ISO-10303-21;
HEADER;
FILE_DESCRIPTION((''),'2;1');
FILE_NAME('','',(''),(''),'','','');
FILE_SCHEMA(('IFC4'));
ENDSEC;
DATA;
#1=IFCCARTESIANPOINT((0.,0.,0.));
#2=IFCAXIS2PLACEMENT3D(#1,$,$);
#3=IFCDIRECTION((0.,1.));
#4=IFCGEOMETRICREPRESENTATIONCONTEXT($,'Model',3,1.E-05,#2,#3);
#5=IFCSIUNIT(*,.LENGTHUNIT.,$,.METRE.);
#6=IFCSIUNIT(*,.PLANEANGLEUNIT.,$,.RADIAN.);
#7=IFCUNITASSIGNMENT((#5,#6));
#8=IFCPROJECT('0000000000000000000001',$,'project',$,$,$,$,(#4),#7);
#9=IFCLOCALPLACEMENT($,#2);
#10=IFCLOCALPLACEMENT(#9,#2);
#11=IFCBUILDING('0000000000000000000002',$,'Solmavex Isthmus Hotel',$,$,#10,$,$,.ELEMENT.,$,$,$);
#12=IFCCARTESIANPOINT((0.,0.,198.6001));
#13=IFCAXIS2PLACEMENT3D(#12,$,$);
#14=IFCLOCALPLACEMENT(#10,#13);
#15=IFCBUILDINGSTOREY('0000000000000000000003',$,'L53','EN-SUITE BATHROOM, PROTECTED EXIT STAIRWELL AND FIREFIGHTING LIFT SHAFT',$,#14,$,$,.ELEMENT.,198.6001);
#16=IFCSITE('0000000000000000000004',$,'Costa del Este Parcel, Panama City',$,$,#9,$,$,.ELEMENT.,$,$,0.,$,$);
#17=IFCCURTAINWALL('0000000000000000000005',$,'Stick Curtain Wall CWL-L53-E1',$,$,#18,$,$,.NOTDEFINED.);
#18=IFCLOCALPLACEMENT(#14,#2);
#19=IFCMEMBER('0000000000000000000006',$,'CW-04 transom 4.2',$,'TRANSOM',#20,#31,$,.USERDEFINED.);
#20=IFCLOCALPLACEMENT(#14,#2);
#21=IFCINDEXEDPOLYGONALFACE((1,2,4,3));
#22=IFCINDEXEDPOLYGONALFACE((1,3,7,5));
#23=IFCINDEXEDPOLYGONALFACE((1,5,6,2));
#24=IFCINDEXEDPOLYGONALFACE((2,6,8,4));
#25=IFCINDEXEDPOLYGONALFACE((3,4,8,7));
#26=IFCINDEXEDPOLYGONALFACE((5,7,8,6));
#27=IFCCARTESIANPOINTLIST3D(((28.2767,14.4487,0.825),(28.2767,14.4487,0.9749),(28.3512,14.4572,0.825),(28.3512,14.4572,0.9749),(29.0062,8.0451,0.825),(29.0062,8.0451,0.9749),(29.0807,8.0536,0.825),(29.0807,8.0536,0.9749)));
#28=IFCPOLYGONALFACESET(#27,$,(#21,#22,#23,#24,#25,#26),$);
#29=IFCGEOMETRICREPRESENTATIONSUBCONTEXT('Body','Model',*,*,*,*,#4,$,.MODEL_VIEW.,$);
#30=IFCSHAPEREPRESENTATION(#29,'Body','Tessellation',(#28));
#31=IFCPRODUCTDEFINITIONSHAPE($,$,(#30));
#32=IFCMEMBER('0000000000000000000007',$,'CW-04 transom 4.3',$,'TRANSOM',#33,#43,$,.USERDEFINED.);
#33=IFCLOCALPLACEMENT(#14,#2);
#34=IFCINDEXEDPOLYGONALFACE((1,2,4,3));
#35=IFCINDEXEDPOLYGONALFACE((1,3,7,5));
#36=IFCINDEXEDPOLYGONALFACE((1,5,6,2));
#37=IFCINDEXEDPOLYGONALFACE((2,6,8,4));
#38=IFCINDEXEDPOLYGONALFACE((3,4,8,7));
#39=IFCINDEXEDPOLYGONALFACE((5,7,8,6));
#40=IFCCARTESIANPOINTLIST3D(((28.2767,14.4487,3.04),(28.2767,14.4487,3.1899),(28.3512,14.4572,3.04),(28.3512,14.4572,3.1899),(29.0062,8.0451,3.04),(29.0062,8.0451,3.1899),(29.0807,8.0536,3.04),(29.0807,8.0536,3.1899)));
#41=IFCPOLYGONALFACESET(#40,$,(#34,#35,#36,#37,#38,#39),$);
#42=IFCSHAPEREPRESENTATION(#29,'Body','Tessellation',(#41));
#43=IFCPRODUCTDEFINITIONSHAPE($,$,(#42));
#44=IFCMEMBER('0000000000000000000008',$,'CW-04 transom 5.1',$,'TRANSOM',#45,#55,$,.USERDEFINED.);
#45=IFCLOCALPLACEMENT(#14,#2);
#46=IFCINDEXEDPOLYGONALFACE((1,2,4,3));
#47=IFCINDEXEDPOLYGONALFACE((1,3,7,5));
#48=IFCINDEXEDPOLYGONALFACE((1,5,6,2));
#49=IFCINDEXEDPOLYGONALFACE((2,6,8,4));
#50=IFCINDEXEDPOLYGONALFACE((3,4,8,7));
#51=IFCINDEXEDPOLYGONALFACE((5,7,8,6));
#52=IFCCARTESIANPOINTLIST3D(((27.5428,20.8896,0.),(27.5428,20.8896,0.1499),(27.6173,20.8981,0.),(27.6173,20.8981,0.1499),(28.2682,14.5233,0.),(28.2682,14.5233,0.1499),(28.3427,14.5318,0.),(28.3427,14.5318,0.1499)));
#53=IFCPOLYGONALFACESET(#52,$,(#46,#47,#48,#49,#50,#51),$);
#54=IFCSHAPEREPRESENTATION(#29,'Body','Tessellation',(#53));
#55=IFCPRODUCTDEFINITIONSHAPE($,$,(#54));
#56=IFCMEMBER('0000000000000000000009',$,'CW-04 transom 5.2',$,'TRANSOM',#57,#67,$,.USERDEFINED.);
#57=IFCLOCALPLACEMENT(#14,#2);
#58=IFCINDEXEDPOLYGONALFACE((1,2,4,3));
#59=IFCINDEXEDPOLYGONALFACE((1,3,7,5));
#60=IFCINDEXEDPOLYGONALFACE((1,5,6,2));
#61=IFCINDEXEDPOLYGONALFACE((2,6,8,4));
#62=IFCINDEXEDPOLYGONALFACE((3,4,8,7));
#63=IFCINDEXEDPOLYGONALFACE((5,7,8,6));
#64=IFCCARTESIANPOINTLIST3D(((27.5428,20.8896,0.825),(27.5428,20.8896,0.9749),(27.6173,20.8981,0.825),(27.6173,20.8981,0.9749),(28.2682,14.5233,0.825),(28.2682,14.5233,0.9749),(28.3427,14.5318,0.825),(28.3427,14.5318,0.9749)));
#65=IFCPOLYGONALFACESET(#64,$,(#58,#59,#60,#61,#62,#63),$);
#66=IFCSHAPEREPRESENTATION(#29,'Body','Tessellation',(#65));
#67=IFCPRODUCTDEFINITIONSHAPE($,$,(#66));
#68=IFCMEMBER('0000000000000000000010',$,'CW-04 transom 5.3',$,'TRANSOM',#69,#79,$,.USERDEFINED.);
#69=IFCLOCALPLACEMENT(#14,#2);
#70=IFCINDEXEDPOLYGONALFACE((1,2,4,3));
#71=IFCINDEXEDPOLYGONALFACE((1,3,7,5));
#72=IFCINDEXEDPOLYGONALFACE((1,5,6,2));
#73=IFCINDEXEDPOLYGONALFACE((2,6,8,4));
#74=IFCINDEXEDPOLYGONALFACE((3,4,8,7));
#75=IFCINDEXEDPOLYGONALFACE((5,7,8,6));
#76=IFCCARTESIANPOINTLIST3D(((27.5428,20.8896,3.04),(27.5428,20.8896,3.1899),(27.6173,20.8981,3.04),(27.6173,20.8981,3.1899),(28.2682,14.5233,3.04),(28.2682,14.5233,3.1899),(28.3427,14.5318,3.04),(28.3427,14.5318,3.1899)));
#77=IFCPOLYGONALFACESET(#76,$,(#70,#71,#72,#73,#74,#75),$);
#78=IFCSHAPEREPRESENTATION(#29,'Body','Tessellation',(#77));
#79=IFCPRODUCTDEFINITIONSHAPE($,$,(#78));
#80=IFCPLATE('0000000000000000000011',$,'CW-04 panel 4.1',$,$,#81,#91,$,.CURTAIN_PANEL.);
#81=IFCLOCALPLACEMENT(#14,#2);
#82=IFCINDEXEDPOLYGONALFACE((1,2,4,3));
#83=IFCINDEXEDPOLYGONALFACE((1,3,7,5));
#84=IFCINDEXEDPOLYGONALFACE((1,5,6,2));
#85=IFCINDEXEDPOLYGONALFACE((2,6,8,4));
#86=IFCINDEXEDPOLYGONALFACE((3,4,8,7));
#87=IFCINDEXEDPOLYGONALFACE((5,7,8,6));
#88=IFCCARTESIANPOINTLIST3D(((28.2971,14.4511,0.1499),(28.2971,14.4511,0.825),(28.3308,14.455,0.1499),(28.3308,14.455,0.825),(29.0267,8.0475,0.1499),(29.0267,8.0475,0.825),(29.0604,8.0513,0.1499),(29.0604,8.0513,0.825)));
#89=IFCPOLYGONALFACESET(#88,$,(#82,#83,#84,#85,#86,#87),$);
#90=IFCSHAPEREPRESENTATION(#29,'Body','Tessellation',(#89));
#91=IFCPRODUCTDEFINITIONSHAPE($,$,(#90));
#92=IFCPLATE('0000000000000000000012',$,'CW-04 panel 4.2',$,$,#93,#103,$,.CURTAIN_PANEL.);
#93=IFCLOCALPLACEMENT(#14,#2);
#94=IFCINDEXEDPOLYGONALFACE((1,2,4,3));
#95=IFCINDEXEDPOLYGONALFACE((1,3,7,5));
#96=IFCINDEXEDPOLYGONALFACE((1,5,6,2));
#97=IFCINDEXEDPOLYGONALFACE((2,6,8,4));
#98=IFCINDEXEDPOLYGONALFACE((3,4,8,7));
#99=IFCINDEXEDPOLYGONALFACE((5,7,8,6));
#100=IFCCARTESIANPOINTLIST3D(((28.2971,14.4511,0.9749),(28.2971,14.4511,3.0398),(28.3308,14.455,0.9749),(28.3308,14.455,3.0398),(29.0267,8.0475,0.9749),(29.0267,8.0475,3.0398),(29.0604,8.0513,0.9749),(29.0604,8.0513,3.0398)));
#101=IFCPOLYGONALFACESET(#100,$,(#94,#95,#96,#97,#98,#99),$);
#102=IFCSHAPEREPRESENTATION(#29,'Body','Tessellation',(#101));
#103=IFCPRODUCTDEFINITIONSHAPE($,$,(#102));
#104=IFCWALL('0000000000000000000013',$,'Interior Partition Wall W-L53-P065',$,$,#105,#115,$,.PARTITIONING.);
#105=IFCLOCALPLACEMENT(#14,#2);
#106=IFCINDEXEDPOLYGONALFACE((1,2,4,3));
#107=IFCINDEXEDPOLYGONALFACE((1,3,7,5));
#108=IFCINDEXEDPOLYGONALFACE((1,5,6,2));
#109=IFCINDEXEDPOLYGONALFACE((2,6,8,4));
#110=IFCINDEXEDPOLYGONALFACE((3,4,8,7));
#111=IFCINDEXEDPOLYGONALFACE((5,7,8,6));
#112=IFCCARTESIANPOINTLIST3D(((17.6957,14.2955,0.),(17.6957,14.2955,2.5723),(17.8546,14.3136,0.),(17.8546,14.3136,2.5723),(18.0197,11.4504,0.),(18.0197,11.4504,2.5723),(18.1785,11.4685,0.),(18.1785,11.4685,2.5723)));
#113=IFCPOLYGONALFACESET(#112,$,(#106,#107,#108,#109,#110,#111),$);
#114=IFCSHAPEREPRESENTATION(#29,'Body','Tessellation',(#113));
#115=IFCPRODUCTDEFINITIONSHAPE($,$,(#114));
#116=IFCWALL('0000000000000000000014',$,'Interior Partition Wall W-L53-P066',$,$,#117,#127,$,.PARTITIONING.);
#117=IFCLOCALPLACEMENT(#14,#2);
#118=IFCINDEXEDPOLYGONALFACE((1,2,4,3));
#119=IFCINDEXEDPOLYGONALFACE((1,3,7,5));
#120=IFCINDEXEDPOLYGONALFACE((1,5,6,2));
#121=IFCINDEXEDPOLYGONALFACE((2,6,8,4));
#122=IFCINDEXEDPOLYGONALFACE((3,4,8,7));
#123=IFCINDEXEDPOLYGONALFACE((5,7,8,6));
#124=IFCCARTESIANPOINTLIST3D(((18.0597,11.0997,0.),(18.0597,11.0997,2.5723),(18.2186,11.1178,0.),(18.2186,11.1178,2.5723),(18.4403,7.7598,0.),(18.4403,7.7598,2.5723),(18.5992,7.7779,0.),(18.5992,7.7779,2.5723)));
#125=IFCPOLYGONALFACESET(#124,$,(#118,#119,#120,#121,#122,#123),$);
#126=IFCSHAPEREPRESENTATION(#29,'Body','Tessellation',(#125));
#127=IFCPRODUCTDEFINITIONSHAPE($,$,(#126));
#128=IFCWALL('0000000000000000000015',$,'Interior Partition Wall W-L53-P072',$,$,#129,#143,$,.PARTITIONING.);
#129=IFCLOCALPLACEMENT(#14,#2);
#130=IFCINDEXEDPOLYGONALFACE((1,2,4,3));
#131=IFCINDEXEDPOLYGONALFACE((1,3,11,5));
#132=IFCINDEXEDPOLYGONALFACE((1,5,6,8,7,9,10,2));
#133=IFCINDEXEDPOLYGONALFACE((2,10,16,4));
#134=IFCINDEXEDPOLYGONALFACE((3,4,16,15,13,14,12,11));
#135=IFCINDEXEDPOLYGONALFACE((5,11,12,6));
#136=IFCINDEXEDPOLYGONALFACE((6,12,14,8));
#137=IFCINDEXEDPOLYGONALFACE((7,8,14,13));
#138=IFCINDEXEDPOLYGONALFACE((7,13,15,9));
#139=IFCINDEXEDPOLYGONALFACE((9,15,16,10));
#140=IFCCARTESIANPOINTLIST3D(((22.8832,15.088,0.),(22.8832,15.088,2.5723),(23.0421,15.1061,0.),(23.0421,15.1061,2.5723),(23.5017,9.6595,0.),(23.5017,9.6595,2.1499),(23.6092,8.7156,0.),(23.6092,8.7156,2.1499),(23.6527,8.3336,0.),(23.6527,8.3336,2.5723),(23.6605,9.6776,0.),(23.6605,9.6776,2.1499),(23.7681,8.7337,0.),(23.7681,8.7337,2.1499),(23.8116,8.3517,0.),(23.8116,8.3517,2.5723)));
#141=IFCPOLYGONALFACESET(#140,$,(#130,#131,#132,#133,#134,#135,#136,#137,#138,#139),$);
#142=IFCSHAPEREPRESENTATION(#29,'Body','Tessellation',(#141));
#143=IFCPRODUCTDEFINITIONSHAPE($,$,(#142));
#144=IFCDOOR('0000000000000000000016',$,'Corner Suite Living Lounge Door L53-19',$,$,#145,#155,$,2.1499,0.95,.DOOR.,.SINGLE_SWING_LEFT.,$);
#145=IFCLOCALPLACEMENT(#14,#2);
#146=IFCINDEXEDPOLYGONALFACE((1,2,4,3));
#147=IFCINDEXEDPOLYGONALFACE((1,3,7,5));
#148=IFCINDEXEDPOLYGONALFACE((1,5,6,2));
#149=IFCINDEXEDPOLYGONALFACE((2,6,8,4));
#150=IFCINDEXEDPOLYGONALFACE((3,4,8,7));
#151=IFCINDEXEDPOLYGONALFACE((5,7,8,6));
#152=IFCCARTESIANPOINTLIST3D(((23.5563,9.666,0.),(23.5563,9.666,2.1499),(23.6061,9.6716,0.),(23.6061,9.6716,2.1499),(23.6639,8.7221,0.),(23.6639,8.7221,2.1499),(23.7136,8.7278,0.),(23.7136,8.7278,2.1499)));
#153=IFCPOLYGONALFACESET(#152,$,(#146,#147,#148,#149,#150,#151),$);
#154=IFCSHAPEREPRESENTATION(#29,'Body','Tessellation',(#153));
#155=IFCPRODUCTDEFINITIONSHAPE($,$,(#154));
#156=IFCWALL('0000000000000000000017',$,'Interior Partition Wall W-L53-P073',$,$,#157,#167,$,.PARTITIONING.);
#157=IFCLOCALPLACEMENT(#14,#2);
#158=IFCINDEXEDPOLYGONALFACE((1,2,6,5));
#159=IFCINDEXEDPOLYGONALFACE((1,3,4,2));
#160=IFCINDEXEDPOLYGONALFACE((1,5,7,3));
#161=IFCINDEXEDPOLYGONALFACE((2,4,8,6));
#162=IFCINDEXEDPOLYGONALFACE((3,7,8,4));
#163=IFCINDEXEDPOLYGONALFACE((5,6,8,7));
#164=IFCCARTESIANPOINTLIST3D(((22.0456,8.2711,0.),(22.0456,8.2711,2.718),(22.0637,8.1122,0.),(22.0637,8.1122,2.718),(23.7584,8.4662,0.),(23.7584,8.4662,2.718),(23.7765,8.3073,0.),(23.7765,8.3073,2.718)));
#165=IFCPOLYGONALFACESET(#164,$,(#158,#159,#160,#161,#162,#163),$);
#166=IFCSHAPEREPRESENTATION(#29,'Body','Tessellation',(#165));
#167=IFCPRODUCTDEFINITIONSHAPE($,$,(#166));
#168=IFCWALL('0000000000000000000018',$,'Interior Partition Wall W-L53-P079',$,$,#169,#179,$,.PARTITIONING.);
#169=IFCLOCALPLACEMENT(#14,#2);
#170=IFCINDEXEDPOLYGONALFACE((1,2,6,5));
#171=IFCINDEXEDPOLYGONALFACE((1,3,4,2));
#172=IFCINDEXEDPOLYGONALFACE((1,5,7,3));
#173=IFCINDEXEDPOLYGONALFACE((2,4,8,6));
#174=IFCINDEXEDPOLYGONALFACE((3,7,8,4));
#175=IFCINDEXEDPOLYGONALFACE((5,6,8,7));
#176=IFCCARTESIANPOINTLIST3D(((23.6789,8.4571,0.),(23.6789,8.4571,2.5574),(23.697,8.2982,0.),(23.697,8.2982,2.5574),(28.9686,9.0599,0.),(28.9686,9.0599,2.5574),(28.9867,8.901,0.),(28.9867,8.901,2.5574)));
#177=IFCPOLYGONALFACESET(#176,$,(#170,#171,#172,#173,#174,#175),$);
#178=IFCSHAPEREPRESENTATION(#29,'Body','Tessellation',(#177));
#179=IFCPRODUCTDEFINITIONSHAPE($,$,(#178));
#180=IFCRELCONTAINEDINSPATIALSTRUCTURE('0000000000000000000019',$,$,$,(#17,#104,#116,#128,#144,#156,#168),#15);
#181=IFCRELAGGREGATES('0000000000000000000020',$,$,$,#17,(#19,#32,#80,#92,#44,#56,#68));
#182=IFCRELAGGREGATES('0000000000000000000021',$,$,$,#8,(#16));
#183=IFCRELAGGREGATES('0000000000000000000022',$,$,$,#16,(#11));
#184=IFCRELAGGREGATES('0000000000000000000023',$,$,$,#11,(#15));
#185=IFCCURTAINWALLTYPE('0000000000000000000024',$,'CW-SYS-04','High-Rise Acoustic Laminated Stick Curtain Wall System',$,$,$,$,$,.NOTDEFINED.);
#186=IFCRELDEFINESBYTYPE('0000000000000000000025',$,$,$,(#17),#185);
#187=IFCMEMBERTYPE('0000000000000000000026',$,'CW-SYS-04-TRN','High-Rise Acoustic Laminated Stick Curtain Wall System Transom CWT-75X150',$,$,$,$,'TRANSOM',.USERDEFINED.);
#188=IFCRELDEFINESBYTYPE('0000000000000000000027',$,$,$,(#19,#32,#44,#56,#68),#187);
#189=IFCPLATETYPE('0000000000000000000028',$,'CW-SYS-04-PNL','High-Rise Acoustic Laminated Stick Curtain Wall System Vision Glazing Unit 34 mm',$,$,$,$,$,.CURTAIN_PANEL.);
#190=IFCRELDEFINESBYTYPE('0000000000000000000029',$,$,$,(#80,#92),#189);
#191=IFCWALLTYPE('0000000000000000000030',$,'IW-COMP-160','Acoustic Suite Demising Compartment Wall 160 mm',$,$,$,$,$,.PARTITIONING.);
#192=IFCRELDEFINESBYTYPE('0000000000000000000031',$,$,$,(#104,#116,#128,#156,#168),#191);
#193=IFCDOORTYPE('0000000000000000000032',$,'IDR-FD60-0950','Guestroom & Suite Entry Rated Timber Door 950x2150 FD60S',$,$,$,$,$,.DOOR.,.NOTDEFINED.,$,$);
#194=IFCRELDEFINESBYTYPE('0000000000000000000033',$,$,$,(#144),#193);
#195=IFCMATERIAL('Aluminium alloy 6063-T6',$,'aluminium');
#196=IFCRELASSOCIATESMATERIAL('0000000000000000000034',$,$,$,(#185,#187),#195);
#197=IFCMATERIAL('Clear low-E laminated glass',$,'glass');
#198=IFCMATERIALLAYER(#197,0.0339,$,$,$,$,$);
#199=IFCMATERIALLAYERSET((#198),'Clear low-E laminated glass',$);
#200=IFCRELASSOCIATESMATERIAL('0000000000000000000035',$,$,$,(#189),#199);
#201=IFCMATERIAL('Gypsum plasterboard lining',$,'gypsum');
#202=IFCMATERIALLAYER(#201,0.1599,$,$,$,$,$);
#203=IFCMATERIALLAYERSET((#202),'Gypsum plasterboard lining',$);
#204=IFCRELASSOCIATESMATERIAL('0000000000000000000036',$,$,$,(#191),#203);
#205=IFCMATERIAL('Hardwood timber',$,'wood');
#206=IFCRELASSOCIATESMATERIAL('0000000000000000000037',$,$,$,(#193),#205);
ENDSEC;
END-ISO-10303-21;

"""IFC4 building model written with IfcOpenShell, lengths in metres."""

from ifc_helpers import new_model, si_unit, direction, frame, frame_2d, origin, origin_2d, place, context, subcontext, project, spatial, rectangle, extrude, material, layer, layer_set, material_profile, profile_set, type_object, element, fill, aggregate, save


model = new_model("IFC4")

# Units and contexts
model_context = context("Model", 3, precision=1e-05, world=origin(), true_north=direction((0.0, 1.0)))
body_context = subcontext(model_context, "Body", "Model", "MODEL_VIEW")
ifc_project = project(units=[si_unit("LENGTHUNIT", "METRE"), si_unit("PLANEANGLEUNIT", "RADIAN")], contexts=[model_context])

# Site, building, storey
site_placement = place(None, origin())
site = spatial("IfcSite", under=ifc_project, at=site_placement, Name="Costa del Este Parcel, Panama City", CompositionType="ELEMENT", RefElevation=0.0)
building_placement = place(site_placement, origin())
building = spatial("IfcBuilding", under=site, at=building_placement, Name="Solmavex Isthmus Hotel", CompositionType="ELEMENT")
storey_placement = place(building_placement, frame((0.0, 0.0, 198.6001)))
storey = spatial("IfcBuildingStorey", under=building, at=storey_placement, Name="L53", Description="EN-SUITE BATHROOM, PROTECTED EXIT STAIRWELL AND FIREFIGHTING LIFT SHAFT", CompositionType="ELEMENT", Elevation=198.6001)

# Curtain wall, members, plates
ifc_material_1 = material(Name="Aluminium alloy 6063-T6", Category="aluminium")
curtain_wall_type = type_object("IfcCurtainWallType", Name="CW-SYS-04", Description="High-Rise Acoustic Laminated Stick Curtain Wall System", PredefinedType="NOTDEFINED", material=ifc_material_1)
curtain_wall_placement = place(storey_placement, origin())
curtain_wall = element("IfcCurtainWall", 1, at=curtain_wall_placement, inside=storey, type_object=curtain_wall_type, Name="Stick Curtain Wall CWL-L53-E1", PredefinedType="NOTDEFINED")
ifc_material_profile_1 = material_profile(ifc_material_1, rectangle(XDim=0.075, YDim=0.1499, at=origin_2d()), Name="CWT-75X150")
ifc_profile_set_1 = profile_set([ifc_material_profile_1], Name="Aluminium alloy 6063-T6")
member_type_1 = type_object("IfcMemberType", Name="CW-SYS-04-TRN", Description="High-Rise Acoustic Laminated Stick Curtain Wall System Transom CWT-75X150", ElementType="TRANSOM", PredefinedType="USERDEFINED", material=ifc_profile_set_1)
member_1_placement = place(storey_placement, frame((29.0435, 8.0493, 0.8999), z_axis=(-0.113188, 0.993574, 0.0), x_axis=(-0.993574, -0.113188, 0.0)))
member_1 = element("IfcMember", 2, at=member_1_placement, type_object=member_type_1, Name="CW-04 transom 4.2", ObjectType="TRANSOM", PredefinedType="USERDEFINED", context=body_context, shape_type="SweptSolid", body=[
    extrude(rectangle(XDim=0.075, YDim=0.1499, at=origin_2d()), origin(), (0.0, 0.0, 1.0), 6.4451),
])
member_2_placement = place(storey_placement, frame((29.0435, 8.0493, 3.115), z_axis=(-0.113188, 0.993574, 0.0), x_axis=(-0.993574, -0.113188, 0.0)))
member_2 = element("IfcMember", 3, at=member_2_placement, type_object=member_type_1, Name="CW-04 transom 4.3", ObjectType="TRANSOM", PredefinedType="USERDEFINED", context=body_context, shape_type="SweptSolid", body=[
    extrude(rectangle(XDim=0.075, YDim=0.1499, at=origin_2d()), origin(), (0.0, 0.0, 1.0), 6.4451),
])
member_3_placement = place(storey_placement, frame((28.3054, 14.5276, 0.075), z_axis=(-0.113204, 0.993572, 0.0), x_axis=(-0.993572, -0.113204, 0.0)))
member_3 = element("IfcMember", 4, at=member_3_placement, type_object=member_type_1, Name="CW-04 transom 5.1", ObjectType="TRANSOM", PredefinedType="USERDEFINED", context=body_context, shape_type="SweptSolid", body=[
    extrude(rectangle(XDim=0.075, YDim=0.1499, at=origin_2d()), origin(), (0.0, 0.0, 1.0), 6.4075),
])
member_4_placement = place(storey_placement, frame((28.3054, 14.5276, 0.8999), z_axis=(-0.113204, 0.993572, 0.0), x_axis=(-0.993572, -0.113204, 0.0)))
member_4 = element("IfcMember", 5, at=member_4_placement, type_object=member_type_1, Name="CW-04 transom 5.2", ObjectType="TRANSOM", PredefinedType="USERDEFINED", context=body_context, shape_type="SweptSolid", body=[
    extrude(rectangle(XDim=0.075, YDim=0.1499, at=origin_2d()), origin(), (0.0, 0.0, 1.0), 6.4075),
])
member_5_placement = place(storey_placement, frame((28.3054, 14.5276, 3.115), z_axis=(-0.113204, 0.993572, 0.0), x_axis=(-0.993572, -0.113204, 0.0)))
member_5 = element("IfcMember", 6, at=member_5_placement, type_object=member_type_1, Name="CW-04 transom 5.3", ObjectType="TRANSOM", PredefinedType="USERDEFINED", context=body_context, shape_type="SweptSolid", body=[
    extrude(rectangle(XDim=0.075, YDim=0.1499, at=origin_2d()), origin(), (0.0, 0.0, 1.0), 6.4075),
])
ifc_material_2 = material(Name="Clear low-E laminated glass", Category="glass")
ifc_layer_1 = layer(ifc_material_2, 0.0339)
ifc_layer_set_1 = layer_set([ifc_layer_1], Name="Clear low-E laminated glass")
plate_type = type_object("IfcPlateType", Name="CW-SYS-04-PNL", Description="High-Rise Acoustic Laminated Stick Curtain Wall System Vision Glazing Unit 34 mm", PredefinedType="CURTAIN_PANEL", material=ifc_layer_set_1)
plate_1_placement = place(storey_placement, frame((28.6787, 11.2512, 0.1499), z_axis=(0.0, 0.0, 1.0), x_axis=(-0.113203, 0.993572, 0.0)))
plate_1 = element("IfcPlate", 7, at=plate_1_placement, type_object=plate_type, Name="CW-04 panel 4.1", PredefinedType="CURTAIN_PANEL", context=body_context, shape_type="SweptSolid", body=[
    extrude(rectangle(XDim=6.4451, YDim=0.0339, at=origin_2d()), origin(), (0.0, 0.0, 1.0), 0.675),
])
plate_2_placement = place(storey_placement, frame((28.6787, 11.2512, 0.9749), z_axis=(0.0, 0.0, 1.0), x_axis=(-0.113203, 0.993572, 0.0)))
plate_2 = element("IfcPlate", 8, at=plate_2_placement, type_object=plate_type, Name="CW-04 panel 4.2", PredefinedType="CURTAIN_PANEL", context=body_context, shape_type="SweptSolid", body=[
    extrude(rectangle(XDim=6.4451, YDim=0.0339, at=origin_2d()), origin(), (0.0, 0.0, 1.0), 2.0649),
])
aggregate(curtain_wall, [member_1, member_2, plate_1, plate_2, member_3, member_4, member_5])

# Walls
ifc_material_3 = material(Name="Gypsum plasterboard lining", Category="gypsum")
ifc_layer_2 = layer(ifc_material_3, 0.1599)
ifc_layer_set_2 = layer_set([ifc_layer_2], Name="Gypsum plasterboard lining")
wall_type_1 = type_object("IfcWallType", Name="IW-COMP-160", Description="Acoustic Suite Demising Compartment Wall 160 mm", PredefinedType="PARTITIONING", material=ifc_layer_set_2)
wall_1_placement = place(storey_placement, frame((17.7751, 14.3044, 0.0), z_axis=(0.0, 0.0, 1.0), x_axis=(0.113135, -0.99358, 0.0)))
element("IfcWall", 9, at=wall_1_placement, inside=storey, type_object=wall_type_1, Name="Interior Partition Wall W-L53-P065", PredefinedType="PARTITIONING", context=body_context, shape_type="SweptSolid", body=[
    extrude(rectangle(XDim=2.8635, YDim=0.1599, at=frame_2d((1.4316, 0.0))), origin(), (0.0, 0.0, 1.0), 2.5723),
])
wall_2_placement = place(storey_placement, frame((18.1392, 11.1086, 0.0), z_axis=(0.0, 0.0, 1.0), x_axis=(0.113229, -0.993569, 0.0)))
element("IfcWall", 10, at=wall_2_placement, inside=storey, type_object=wall_type_1, Name="Interior Partition Wall W-L53-P066", PredefinedType="PARTITIONING", context=body_context, shape_type="SweptSolid", body=[
    extrude(rectangle(XDim=3.3616, YDim=0.1599, at=frame_2d((1.6807, 0.0))), origin(), (0.0, 0.0, 1.0), 2.5723),
])

# Wall, opening, door
ifc_material_4 = material(Name="Hardwood timber", Category="wood")
door_type_1 = type_object("IfcDoorType", Name="IDR-FD60-0950", Description="Guestroom & Suite Entry Rated Timber Door 950x2150 FD60S", OperationType="NOTDEFINED", PredefinedType="DOOR", material=ifc_material_4)
wall_3_placement = place(storey_placement, frame((22.9626, 15.0969, 0.0), z_axis=(0.0, 0.0, 1.0), x_axis=(0.113198, -0.993572, 0.0)))
wall_3 = element("IfcWall", 11, at=wall_3_placement, inside=storey, type_object=wall_type_1, Name="Interior Partition Wall W-L53-P072", PredefinedType="PARTITIONING", context=body_context, shape_type="SweptSolid", body=[
    extrude(rectangle(XDim=6.7981, YDim=0.1599, at=frame_2d((3.3989, 0.0))), origin(), (0.0, 0.0, 1.0), 2.5723),
])
opening_1_placement = place(wall_3_placement, frame((5.4634, 0.0, 0.0)))
opening_1 = element("IfcOpeningElement", 12, at=opening_1_placement, cuts=wall_3, PredefinedType="OPENING", context=body_context, shape_type="SweptSolid", body=[
    extrude(rectangle(XDim=0.95, YDim=2.1499, at=frame_2d((0.4751, 1.075))), frame((0.0, 0.0898, 0.0), z_axis=(0.0, -1.0, 0.0), x_axis=(1.0, 0.0, 0.0)), (0.0, 0.0, 1.0), 0.1799),
])
door_1_placement = place(opening_1_placement, frame((0.95, 0.0, 0.0), z_axis=(0.0, 0.0, 1.0), x_axis=(-1.0, 0.0, 0.0)))
door_1 = element("IfcDoor", 13, at=door_1_placement, inside=storey, type_object=door_type_1, Name="Corner Suite Living Lounge Door L53-19", OperationType="SINGLE_SWING_LEFT", OverallHeight=2.1499, OverallWidth=0.95, PredefinedType="DOOR", context=body_context, shape_type="SweptSolid", body=[
    extrude(rectangle(XDim=0.95, YDim=2.1499, at=frame_2d((0.4751, 1.075))), frame((0.0, 0.0249, 0.0), z_axis=(0.0, -1.0, 0.0), x_axis=(1.0, 0.0, 0.0)), (0.0, 0.0, 1.0), 0.05),
])
fill(opening_1, door_1)

# Walls
wall_4_placement = place(storey_placement, frame((23.7673, 8.3867, 0.0), z_axis=(0.0, 0.0, 1.0), x_axis=(-0.993578, -0.113151, 0.0)))
element("IfcWall", 14, at=wall_4_placement, inside=storey, type_object=wall_type_1, Name="Interior Partition Wall W-L53-P073", PredefinedType="PARTITIONING", context=body_context, shape_type="SweptSolid", body=[
    extrude(rectangle(XDim=1.7239, YDim=0.1599, at=frame_2d((0.8618, 0.0))), origin(), (0.0, 0.0, 1.0), 2.718),
])
wall_5_placement = place(storey_placement, frame((28.9778, 8.9805, 0.0), z_axis=(0.0, 0.0, 1.0), x_axis=(-0.99357, -0.113219, 0.0)))
element("IfcWall", 15, at=wall_5_placement, inside=storey, type_object=wall_type_1, Name="Interior Partition Wall W-L53-P079", PredefinedType="PARTITIONING", context=body_context, shape_type="SweptSolid", body=[
    extrude(rectangle(XDim=5.324, YDim=0.1599, at=frame_2d((2.6621, 0.0))), origin(), (0.0, 0.0, 1.0), 2.5574),
])

save(model, "model.ifc")
